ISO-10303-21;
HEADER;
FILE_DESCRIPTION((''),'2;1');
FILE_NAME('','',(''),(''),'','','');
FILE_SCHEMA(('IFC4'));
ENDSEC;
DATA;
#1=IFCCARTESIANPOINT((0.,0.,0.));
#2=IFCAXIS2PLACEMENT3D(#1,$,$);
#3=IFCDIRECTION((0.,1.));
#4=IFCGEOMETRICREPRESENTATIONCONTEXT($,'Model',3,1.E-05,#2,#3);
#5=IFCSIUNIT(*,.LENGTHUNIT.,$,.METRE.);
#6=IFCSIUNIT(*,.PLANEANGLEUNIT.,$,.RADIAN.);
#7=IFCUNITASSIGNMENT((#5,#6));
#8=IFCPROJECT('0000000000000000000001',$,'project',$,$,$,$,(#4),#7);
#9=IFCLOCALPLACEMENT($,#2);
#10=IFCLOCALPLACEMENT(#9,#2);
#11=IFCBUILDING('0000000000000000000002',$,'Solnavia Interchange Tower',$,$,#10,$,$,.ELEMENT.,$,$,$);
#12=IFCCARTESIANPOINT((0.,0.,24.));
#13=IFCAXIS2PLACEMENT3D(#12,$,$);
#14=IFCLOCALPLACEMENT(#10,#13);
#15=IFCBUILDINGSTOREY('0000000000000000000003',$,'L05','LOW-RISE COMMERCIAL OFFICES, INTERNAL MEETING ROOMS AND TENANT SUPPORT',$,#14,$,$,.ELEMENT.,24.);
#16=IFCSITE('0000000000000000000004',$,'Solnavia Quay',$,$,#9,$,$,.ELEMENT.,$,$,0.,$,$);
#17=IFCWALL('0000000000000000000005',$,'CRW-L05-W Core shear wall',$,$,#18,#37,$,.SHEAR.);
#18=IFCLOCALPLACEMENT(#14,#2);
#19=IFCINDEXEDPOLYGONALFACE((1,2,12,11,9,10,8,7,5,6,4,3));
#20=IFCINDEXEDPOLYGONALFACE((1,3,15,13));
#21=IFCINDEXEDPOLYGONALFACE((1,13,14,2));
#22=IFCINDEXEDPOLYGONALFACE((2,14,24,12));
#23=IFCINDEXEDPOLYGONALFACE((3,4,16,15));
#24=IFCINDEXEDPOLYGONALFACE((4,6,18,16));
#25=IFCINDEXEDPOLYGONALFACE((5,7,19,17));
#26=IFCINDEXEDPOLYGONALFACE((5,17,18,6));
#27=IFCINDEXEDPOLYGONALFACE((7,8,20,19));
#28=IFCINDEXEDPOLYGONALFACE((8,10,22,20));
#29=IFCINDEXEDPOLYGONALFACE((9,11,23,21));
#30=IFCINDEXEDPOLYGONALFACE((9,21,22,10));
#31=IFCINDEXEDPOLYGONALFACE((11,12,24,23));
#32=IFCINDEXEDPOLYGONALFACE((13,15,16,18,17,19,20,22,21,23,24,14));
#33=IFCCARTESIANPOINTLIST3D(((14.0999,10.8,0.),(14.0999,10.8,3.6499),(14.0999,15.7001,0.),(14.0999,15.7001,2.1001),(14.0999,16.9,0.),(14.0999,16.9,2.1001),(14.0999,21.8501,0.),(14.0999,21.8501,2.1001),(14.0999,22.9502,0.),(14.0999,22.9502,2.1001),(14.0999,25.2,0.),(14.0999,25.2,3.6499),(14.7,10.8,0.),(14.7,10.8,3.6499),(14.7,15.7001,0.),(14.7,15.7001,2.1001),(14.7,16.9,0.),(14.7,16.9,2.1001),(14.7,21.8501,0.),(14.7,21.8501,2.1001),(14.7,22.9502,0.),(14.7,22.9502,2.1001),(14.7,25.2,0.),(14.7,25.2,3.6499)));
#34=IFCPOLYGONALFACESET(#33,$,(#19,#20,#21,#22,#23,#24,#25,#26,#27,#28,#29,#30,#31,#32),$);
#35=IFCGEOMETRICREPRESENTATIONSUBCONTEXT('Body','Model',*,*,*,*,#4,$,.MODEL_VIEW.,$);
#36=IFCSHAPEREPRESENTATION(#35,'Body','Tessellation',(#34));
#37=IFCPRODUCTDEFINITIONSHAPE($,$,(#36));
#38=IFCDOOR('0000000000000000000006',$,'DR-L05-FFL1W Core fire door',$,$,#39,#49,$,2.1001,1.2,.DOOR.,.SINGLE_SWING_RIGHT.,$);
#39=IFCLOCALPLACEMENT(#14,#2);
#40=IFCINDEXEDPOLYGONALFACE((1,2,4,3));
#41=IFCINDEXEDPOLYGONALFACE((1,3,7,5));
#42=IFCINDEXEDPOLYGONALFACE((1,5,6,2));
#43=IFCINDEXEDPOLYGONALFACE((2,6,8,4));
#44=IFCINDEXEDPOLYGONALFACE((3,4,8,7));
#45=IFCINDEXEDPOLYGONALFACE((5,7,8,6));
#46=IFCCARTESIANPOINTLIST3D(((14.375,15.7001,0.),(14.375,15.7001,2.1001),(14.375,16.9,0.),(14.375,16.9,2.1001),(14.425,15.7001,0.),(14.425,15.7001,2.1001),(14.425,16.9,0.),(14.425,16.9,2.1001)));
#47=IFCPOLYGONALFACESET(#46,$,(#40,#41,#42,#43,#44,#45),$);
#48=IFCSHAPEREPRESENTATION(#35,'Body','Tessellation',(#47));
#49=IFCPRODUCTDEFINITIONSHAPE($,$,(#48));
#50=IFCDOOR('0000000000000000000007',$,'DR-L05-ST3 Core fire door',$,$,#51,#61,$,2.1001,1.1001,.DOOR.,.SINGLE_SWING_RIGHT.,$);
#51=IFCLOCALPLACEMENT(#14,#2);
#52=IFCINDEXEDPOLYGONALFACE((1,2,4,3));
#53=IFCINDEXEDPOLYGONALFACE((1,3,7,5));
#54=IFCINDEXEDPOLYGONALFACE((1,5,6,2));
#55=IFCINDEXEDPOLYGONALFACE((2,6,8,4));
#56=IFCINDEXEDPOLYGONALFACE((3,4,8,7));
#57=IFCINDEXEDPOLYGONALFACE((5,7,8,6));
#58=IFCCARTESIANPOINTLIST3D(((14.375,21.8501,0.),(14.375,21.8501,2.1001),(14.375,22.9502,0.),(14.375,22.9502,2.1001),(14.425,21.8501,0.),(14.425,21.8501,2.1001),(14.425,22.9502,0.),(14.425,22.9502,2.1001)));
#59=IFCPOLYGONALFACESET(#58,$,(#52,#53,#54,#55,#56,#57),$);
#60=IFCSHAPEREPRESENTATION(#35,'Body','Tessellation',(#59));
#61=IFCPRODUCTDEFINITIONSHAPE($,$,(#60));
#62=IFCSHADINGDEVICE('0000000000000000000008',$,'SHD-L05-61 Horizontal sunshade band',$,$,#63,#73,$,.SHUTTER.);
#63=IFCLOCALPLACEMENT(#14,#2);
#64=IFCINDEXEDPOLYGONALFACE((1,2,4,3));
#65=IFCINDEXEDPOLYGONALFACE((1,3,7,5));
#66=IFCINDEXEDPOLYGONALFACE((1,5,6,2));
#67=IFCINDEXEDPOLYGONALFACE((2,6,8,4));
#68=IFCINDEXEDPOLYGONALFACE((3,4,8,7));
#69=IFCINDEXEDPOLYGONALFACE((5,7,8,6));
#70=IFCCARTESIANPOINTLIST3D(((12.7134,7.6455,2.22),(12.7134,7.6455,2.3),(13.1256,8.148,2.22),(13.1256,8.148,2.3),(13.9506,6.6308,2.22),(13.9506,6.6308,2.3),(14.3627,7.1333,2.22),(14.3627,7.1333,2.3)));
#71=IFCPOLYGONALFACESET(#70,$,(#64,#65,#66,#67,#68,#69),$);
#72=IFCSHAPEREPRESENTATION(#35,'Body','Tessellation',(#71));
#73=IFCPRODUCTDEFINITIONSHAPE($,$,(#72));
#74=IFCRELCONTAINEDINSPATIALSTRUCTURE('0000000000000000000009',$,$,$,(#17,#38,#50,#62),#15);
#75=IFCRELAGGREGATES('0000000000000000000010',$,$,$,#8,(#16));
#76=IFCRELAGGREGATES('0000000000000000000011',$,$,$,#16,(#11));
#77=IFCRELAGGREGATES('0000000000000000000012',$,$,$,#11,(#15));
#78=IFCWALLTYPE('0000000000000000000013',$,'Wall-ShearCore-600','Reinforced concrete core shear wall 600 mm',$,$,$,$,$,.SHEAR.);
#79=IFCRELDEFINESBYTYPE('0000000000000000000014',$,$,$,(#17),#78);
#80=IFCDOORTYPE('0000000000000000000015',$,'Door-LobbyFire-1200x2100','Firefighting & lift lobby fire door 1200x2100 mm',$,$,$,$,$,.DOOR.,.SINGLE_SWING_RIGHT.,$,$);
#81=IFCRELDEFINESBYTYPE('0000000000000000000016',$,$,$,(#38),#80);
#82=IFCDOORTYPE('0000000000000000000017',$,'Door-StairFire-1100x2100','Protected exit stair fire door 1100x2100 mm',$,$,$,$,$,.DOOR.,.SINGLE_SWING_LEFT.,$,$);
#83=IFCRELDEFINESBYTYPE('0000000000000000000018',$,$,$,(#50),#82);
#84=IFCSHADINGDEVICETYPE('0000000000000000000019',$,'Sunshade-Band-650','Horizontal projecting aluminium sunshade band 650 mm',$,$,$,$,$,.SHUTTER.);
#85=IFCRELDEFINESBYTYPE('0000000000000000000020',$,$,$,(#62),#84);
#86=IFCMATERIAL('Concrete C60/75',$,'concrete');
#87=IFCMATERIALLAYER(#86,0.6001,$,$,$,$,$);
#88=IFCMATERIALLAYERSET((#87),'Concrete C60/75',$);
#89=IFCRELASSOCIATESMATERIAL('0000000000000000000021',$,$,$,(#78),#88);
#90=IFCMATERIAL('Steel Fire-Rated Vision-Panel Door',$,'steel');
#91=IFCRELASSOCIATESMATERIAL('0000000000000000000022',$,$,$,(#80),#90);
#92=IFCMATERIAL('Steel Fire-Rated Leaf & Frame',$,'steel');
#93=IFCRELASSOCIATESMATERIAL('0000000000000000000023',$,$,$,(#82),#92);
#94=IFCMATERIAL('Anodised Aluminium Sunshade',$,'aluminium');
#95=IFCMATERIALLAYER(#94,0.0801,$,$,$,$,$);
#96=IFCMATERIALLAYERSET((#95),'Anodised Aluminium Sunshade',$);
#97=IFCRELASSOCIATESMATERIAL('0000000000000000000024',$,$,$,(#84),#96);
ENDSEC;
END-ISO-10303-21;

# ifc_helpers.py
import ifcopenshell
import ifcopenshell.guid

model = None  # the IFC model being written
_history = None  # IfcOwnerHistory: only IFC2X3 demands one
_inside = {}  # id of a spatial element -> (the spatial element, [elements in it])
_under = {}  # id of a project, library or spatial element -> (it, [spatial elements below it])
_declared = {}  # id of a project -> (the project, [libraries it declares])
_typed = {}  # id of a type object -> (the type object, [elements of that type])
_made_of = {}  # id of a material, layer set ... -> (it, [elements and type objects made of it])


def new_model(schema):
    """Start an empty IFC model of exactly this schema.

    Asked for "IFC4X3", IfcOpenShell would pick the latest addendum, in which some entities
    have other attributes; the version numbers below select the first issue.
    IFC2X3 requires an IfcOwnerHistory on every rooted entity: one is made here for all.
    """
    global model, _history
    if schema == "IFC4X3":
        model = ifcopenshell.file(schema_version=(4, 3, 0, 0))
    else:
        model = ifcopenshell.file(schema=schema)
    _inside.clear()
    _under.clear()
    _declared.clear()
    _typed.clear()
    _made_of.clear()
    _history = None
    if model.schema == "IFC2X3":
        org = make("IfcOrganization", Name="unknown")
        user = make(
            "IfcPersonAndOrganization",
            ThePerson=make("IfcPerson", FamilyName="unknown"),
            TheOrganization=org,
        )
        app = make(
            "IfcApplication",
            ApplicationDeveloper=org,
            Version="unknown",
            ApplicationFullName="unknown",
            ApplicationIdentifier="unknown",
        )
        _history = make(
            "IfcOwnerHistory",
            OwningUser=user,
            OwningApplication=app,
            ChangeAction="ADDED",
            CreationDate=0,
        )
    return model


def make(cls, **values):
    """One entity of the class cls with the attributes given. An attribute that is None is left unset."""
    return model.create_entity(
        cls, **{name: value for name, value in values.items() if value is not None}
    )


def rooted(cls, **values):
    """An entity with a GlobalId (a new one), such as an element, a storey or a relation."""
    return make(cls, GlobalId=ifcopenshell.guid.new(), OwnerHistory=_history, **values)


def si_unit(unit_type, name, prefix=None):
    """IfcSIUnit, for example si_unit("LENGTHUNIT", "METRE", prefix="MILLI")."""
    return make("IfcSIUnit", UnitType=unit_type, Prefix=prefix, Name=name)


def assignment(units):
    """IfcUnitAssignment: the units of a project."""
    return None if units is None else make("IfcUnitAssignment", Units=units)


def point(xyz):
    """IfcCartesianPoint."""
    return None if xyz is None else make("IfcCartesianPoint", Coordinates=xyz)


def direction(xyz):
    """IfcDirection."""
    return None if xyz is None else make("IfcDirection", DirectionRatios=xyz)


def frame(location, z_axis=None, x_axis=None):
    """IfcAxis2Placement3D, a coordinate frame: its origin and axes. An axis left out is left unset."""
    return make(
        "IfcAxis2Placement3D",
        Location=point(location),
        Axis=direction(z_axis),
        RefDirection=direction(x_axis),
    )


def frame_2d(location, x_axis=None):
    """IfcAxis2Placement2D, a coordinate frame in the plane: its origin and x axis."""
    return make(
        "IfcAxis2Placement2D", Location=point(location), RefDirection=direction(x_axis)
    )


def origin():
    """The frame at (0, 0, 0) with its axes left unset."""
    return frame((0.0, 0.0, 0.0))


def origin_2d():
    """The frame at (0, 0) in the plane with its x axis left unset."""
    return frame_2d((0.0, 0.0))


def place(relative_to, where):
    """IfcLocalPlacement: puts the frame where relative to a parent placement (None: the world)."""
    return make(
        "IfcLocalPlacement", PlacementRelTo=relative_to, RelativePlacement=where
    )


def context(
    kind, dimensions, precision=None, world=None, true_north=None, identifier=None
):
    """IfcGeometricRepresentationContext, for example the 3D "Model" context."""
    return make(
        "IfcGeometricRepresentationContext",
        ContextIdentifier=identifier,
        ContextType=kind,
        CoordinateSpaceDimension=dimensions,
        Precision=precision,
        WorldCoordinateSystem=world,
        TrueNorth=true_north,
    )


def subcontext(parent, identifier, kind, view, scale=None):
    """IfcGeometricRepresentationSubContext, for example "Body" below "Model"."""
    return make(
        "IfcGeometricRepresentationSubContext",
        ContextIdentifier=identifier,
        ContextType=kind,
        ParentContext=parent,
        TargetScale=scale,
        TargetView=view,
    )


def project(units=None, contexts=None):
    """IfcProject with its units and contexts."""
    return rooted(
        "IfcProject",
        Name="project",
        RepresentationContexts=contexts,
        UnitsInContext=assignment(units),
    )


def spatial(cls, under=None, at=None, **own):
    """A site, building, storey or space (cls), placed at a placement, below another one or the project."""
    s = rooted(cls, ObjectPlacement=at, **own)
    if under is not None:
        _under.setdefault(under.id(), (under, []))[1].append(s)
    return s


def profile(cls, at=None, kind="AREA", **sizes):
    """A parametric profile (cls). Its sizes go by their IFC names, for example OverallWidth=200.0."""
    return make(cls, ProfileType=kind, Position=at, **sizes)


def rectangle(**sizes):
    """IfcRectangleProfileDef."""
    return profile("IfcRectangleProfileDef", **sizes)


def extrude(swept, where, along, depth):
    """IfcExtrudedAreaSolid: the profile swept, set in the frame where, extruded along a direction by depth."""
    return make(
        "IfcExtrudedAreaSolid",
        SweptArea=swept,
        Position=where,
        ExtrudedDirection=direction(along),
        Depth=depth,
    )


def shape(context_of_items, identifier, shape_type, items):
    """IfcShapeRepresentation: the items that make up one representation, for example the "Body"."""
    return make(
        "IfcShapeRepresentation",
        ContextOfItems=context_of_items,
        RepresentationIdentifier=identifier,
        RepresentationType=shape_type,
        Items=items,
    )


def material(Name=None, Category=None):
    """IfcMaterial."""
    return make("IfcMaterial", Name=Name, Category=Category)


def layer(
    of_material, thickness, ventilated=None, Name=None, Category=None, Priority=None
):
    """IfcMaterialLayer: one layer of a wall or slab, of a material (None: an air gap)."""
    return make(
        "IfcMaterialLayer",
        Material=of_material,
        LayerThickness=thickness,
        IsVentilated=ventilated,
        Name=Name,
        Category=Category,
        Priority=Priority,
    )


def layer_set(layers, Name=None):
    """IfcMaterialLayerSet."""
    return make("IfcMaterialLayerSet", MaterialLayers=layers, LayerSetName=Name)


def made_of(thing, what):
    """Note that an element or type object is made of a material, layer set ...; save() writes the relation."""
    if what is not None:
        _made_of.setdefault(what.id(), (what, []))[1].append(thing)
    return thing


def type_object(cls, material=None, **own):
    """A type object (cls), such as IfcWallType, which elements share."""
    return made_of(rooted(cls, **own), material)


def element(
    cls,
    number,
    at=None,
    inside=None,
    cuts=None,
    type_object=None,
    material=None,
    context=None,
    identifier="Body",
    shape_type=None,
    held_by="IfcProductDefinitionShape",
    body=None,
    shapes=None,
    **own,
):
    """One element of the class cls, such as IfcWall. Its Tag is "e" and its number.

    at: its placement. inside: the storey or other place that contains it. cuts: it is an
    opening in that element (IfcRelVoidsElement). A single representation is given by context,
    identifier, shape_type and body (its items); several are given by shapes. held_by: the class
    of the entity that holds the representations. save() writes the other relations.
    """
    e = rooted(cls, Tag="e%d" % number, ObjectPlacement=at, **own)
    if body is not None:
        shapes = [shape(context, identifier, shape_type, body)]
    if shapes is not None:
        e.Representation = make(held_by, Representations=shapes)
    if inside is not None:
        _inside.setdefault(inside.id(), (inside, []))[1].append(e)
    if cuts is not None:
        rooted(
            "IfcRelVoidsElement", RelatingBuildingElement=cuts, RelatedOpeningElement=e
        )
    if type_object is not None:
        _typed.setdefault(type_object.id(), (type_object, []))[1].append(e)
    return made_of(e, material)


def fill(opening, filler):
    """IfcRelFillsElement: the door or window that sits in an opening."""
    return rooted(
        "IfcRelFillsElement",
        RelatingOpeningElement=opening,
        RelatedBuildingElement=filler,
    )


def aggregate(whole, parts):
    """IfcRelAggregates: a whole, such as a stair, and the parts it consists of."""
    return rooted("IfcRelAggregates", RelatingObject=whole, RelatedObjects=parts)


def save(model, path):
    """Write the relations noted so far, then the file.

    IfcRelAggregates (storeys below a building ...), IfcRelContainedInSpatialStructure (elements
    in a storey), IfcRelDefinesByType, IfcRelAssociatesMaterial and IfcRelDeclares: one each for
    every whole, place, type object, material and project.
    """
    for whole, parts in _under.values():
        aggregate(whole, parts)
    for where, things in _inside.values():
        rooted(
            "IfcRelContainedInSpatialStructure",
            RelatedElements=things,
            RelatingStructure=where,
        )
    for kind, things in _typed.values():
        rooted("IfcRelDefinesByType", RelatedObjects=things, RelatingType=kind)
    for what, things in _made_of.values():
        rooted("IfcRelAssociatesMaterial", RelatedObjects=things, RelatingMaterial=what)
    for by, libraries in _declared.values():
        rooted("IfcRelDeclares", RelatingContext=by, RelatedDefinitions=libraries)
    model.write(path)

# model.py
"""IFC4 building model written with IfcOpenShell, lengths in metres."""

from ifc_helpers import new_model, si_unit, direction, frame, frame_2d, origin, origin_2d, place, context, subcontext, project, spatial, rectangle, extrude, material, layer, layer_set, type_object, element, fill, save


model = new_model("IFC4")

# Units and contexts
model_context = context("Model", 3, precision=1e-05, world=origin(), true_north=direction((0.0, 1.0)))
body_context = subcontext(model_context, "Body", "Model", "MODEL_VIEW")
ifc_project = project(units=[si_unit("LENGTHUNIT", "METRE"), si_unit("PLANEANGLEUNIT", "RADIAN")], contexts=[model_context])

# Site, building, storey
site_placement = place(None, origin())
site = spatial("IfcSite", under=ifc_project, at=site_placement, Name="Solnavia Quay", CompositionType="ELEMENT", RefElevation=0.0)
building_placement = place(site_placement, origin())
building = spatial("IfcBuilding", under=site, at=building_placement, Name="Solnavia Interchange Tower", CompositionType="ELEMENT")
storey_placement = place(building_placement, frame((0.0, 0.0, 24.0)))
storey = spatial("IfcBuildingStorey", under=building, at=storey_placement, Name="L05", Description="LOW-RISE COMMERCIAL OFFICES, INTERNAL MEETING ROOMS AND TENANT SUPPORT", CompositionType="ELEMENT", Elevation=24.0)

# Shared definitions
ifc_material_1 = material(Name="Concrete C60/75", Category="concrete")

# Shared definitions
ifc_layer_1 = layer(ifc_material_1, 0.6001)
ifc_layer_set_1 = layer_set([ifc_layer_1], Name="Concrete C60/75")
wall_type_1 = type_object("IfcWallType", Name="Wall-ShearCore-600", Description="Reinforced concrete core shear wall 600 mm", PredefinedType="SHEAR", material=ifc_layer_set_1)

# Wall, openings, doors
wall_1_placement = place(storey_placement, frame((14.3999, 10.8, 0.0), z_axis=(0.0, 0.0, 1.0), x_axis=(0.0, 1.0, 0.0)))
wall_1 = element("IfcWall", 1, at=wall_1_placement, inside=storey, type_object=wall_type_1, Name="CRW-L05-W Core shear wall", PredefinedType="SHEAR", context=body_context, shape_type="SweptSolid", body=[
    extrude(rectangle(XDim=14.3999, YDim=0.6001, at=frame_2d((7.2, 0.0))), origin(), (0.0, 0.0, 1.0), 3.6499),
])
opening_1_placement = place(wall_1_placement, frame((11.05, 0.0, 0.0)))
opening_1 = element("IfcOpeningElement", 2, at=opening_1_placement, cuts=wall_1, PredefinedType="OPENING", context=body_context, shape_type="SweptSolid", body=[
    extrude(rectangle(XDim=1.1001, YDim=2.1001, at=frame_2d((0.55, 1.05))), frame((0.0, 0.3101, 0.0), z_axis=(0.0, -1.0, 0.0), x_axis=(1.0, 0.0, 0.0)), (0.0, 0.0, 1.0), 0.6201),
])
opening_2_placement = place(wall_1_placement, frame((4.8999, 0.0, 0.0)))
opening_2 = element("IfcOpeningElement", 3, at=opening_2_placement, cuts=wall_1, PredefinedType="OPENING", context=body_context, shape_type="SweptSolid", body=[
    extrude(rectangle(XDim=1.2, YDim=2.1001, at=frame_2d((0.6001, 1.05))), frame((0.0, 0.3101, 0.0), z_axis=(0.0, -1.0, 0.0), x_axis=(1.0, 0.0, 0.0)), (0.0, 0.0, 1.0), 0.6201),
])
ifc_material_2 = material(Name="Steel Fire-Rated Vision-Panel Door", Category="steel")
door_type_1 = type_object("IfcDoorType", Name="Door-LobbyFire-1200x2100", Description="Firefighting & lift lobby fire door 1200x2100 mm", OperationType="SINGLE_SWING_RIGHT", PredefinedType="DOOR", material=ifc_material_2)
door_1_placement = place(opening_2_placement, origin())
door_1 = element("IfcDoor", 4, at=door_1_placement, inside=storey, type_object=door_type_1, Name="DR-L05-FFL1W Core fire door", OperationType="SINGLE_SWING_RIGHT", OverallHeight=2.1001, OverallWidth=1.2, PredefinedType="DOOR", context=body_context, shape_type="SweptSolid", body=[
    extrude(rectangle(XDim=1.2, YDim=2.1001, at=frame_2d((0.6001, 1.05))), frame((0.0, 0.0249, 0.0), z_axis=(0.0, -1.0, 0.0), x_axis=(1.0, 0.0, 0.0)), (0.0, 0.0, 1.0), 0.05),
])
fill(opening_2, door_1)
ifc_material_3 = material(Name="Steel Fire-Rated Leaf & Frame", Category="steel")
door_type_2 = type_object("IfcDoorType", Name="Door-StairFire-1100x2100", Description="Protected exit stair fire door 1100x2100 mm", OperationType="SINGLE_SWING_LEFT", PredefinedType="DOOR", material=ifc_material_3)
door_2_placement = place(opening_1_placement, origin())
door_2 = element("IfcDoor", 5, at=door_2_placement, inside=storey, type_object=door_type_2, Name="DR-L05-ST3 Core fire door", OperationType="SINGLE_SWING_RIGHT", OverallHeight=2.1001, OverallWidth=1.1001, PredefinedType="DOOR", context=body_context, shape_type="SweptSolid", body=[
    extrude(rectangle(XDim=1.1001, YDim=2.1001, at=frame_2d((0.55, 1.05))), frame((0.0, 0.0249, 0.0), z_axis=(0.0, -1.0, 0.0), x_axis=(1.0, 0.0, 0.0)), (0.0, 0.0, 1.0), 0.05),
])
fill(opening_1, door_2)

# Shading device
ifc_material_4 = material(Name="Anodised Aluminium Sunshade", Category="aluminium")
ifc_layer_2 = layer(ifc_material_4, 0.0801)
ifc_layer_set_2 = layer_set([ifc_layer_2], Name="Anodised Aluminium Sunshade")
shading_device_type = type_object("IfcShadingDeviceType", Name="Sunshade-Band-650", Description="Horizontal projecting aluminium sunshade band 650 mm", PredefinedType="SHUTTER", material=ifc_layer_set_2)
shading_device_placement = place(storey_placement, frame((13.5381, 7.3894, 2.22), z_axis=(0.0, 0.0, 1.0), x_axis=(-0.773177, 0.634191, 0.0)))
element("IfcShadingDevice", 6, at=shading_device_placement, inside=storey, type_object=shading_device_type, Name="SHD-L05-61 Horizontal sunshade band", PredefinedType="SHUTTER", context=body_context, shape_type="SweptSolid", body=[
    extrude(rectangle(XDim=1.6001, YDim=0.6499, at=origin_2d()), origin(), (0.0, 0.0, 1.0), 0.0801),
])

save(model, "model.ifc")
